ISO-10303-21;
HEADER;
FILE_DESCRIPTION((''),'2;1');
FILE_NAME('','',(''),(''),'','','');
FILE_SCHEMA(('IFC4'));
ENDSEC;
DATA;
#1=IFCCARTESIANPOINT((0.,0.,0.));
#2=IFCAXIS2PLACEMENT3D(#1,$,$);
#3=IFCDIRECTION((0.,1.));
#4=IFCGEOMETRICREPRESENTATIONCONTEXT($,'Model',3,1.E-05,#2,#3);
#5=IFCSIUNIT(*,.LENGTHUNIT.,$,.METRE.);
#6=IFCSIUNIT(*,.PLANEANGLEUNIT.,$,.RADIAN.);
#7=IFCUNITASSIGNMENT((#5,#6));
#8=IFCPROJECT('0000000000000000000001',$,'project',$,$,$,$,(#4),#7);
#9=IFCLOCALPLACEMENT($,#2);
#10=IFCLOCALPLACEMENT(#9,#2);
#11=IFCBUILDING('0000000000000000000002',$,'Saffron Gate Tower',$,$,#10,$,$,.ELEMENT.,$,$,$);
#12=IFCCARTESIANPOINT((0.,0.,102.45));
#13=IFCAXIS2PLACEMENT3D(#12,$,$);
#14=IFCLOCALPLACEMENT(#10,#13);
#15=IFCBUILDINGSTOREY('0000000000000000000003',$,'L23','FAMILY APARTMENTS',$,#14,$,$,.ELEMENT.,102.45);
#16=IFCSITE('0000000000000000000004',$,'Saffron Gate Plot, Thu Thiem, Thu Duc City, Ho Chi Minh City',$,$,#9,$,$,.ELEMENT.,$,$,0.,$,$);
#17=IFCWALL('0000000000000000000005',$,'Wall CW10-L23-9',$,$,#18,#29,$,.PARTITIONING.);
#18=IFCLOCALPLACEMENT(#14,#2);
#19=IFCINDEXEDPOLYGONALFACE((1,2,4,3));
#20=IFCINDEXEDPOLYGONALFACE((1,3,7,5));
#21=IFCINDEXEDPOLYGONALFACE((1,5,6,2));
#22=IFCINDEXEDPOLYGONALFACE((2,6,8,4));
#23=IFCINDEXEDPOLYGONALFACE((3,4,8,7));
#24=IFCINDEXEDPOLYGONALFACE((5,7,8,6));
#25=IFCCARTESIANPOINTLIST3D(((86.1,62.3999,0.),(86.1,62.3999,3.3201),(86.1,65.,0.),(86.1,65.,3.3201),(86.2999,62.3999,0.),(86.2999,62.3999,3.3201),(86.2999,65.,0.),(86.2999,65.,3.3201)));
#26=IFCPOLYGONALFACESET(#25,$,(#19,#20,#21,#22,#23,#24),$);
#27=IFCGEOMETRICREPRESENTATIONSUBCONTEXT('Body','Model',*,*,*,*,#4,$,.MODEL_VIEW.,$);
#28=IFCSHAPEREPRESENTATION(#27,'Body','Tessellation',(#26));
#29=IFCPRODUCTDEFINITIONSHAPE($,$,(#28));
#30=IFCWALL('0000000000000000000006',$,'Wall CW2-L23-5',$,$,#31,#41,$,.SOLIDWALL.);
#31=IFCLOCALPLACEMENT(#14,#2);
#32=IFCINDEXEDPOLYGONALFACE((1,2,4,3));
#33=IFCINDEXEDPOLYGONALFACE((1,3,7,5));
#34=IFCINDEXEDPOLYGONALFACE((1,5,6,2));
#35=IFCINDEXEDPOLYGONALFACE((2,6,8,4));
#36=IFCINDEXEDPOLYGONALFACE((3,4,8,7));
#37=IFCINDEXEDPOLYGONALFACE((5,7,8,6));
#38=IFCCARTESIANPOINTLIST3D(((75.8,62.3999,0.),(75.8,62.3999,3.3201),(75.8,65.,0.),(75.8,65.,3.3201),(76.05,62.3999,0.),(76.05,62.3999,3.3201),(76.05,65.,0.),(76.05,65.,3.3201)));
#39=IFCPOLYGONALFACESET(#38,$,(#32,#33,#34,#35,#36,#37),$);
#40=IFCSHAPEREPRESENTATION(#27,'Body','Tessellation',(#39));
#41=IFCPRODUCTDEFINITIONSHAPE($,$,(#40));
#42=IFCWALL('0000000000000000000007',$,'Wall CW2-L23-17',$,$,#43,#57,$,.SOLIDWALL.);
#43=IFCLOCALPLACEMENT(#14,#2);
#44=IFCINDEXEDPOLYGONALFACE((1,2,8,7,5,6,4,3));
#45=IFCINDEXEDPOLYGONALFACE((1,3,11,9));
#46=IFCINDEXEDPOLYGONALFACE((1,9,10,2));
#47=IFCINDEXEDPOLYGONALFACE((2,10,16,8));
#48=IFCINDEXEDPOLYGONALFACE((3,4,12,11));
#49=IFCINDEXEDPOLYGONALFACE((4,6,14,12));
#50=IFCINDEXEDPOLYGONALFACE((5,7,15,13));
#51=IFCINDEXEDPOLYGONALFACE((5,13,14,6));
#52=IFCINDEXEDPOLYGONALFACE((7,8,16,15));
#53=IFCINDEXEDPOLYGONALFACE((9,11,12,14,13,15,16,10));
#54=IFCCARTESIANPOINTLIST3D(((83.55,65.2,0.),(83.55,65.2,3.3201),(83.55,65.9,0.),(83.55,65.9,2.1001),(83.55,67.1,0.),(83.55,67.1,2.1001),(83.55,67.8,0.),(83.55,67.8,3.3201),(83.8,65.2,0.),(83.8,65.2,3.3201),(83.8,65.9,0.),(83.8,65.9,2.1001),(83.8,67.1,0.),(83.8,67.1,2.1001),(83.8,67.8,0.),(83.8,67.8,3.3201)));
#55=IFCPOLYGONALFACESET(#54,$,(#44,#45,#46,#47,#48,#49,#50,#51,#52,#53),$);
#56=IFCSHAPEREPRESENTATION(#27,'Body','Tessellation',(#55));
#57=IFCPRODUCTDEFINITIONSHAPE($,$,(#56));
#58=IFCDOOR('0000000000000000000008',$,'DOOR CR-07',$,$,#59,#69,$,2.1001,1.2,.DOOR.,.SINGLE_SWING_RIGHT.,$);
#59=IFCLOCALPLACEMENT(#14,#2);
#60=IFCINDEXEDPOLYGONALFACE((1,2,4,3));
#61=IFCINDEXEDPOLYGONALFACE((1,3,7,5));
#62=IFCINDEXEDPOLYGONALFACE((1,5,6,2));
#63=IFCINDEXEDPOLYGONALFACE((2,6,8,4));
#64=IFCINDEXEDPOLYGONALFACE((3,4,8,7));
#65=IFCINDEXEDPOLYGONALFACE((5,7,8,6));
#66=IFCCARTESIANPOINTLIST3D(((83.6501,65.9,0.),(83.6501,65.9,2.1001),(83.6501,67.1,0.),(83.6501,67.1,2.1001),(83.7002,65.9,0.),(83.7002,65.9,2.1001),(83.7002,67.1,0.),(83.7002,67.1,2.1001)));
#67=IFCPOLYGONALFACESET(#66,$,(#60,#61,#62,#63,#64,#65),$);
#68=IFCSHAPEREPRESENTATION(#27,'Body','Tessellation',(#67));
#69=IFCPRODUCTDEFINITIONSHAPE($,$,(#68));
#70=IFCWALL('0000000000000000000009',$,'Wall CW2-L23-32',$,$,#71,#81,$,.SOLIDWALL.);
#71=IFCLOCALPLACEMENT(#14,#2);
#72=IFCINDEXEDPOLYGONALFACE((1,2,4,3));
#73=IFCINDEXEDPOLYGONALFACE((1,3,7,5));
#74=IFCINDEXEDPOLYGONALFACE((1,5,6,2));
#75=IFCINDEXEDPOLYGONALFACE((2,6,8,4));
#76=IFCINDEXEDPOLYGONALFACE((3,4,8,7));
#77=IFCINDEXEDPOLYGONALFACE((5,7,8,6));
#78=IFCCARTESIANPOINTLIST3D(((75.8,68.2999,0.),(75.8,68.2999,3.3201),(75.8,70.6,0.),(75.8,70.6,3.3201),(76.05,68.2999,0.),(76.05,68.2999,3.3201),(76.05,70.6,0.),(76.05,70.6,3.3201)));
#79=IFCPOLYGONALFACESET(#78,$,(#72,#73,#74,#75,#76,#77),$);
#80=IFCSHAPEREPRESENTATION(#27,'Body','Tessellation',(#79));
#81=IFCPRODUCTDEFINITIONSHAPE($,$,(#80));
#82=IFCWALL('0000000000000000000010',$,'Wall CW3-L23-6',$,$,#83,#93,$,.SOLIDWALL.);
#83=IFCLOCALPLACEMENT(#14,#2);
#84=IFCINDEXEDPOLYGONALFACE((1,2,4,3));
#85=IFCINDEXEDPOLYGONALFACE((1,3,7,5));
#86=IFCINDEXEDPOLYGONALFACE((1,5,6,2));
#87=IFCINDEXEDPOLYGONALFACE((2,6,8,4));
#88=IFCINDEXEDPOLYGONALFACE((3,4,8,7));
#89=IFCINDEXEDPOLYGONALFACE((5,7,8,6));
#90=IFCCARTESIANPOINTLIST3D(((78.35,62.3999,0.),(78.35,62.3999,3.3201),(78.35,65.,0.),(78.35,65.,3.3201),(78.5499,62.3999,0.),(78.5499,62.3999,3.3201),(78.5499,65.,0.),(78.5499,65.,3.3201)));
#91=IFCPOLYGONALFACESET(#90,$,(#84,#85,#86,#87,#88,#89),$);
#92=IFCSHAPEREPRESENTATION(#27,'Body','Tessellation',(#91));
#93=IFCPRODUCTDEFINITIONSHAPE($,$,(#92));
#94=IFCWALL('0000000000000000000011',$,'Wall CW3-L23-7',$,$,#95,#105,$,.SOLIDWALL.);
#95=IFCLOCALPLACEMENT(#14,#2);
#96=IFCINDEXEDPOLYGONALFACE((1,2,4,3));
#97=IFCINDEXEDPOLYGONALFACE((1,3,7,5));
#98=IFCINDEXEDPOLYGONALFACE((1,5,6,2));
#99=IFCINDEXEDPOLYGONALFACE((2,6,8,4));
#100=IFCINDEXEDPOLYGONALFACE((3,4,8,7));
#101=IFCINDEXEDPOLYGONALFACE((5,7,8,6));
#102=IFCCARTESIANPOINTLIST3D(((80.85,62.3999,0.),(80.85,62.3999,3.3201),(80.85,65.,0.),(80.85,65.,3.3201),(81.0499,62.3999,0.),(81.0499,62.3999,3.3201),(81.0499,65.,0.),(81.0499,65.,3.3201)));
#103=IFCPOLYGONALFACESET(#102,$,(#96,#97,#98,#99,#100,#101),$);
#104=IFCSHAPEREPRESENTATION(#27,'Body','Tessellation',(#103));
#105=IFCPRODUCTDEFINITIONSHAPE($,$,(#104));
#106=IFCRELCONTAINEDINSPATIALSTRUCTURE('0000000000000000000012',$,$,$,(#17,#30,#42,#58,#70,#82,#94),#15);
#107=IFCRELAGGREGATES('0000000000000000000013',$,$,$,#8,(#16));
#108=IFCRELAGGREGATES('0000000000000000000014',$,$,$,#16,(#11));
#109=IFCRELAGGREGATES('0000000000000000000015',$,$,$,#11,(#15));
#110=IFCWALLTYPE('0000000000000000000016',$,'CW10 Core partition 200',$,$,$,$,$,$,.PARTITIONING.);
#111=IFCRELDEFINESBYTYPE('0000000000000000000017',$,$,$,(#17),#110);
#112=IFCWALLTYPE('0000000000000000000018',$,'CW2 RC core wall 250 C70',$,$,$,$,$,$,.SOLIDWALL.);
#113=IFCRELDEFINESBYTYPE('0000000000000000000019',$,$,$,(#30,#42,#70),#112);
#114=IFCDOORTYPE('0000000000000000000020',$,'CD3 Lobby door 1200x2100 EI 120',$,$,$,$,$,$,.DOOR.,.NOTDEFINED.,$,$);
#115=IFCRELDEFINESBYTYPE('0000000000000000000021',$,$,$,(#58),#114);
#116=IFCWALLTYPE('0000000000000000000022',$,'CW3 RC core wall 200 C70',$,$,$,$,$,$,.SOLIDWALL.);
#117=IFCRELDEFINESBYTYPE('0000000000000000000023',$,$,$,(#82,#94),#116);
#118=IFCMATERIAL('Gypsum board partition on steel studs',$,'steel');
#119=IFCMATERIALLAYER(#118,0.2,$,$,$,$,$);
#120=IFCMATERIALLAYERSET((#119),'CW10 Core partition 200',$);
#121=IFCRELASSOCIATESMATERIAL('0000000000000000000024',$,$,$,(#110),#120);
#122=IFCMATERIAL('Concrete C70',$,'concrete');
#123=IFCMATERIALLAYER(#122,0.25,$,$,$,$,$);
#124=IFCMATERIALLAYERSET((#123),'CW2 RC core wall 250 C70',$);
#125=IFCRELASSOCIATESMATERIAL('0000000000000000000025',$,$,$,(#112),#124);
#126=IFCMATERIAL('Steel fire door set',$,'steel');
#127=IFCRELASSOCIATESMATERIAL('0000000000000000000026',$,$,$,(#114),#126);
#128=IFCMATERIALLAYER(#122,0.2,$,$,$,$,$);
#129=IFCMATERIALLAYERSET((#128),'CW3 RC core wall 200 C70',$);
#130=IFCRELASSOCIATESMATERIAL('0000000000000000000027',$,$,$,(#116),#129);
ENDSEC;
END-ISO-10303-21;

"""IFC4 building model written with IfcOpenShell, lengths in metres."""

from ifc_helpers import new_model, si_unit, direction, frame, frame_2d, origin, place, context, subcontext, project, spatial, rectangle, extrude, material, layer, layer_set, type_object, element, fill, save


model = new_model("IFC4")

# Units and contexts
model_context = context("Model", 3, precision=1e-05, world=origin(), true_north=direction((0.0, 1.0)))
body_context = subcontext(model_context, "Body", "Model", "MODEL_VIEW")
ifc_project = project(units=[si_unit("LENGTHUNIT", "METRE"), si_unit("PLANEANGLEUNIT", "RADIAN")], contexts=[model_context])

# Site, building, storey
site_placement = place(None, origin())
site = spatial("IfcSite", under=ifc_project, at=site_placement, Name="Saffron Gate Plot, Thu Thiem, Thu Duc City, Ho Chi Minh City", CompositionType="ELEMENT", RefElevation=0.0)
building_placement = place(site_placement, origin())
building = spatial("IfcBuilding", under=site, at=building_placement, Name="Saffron Gate Tower", CompositionType="ELEMENT")
storey_placement = place(building_placement, frame((0.0, 0.0, 102.45)))
storey = spatial("IfcBuildingStorey", under=building, at=storey_placement, Name="L23", Description="FAMILY APARTMENTS", CompositionType="ELEMENT", Elevation=102.45)

# Walls
ifc_material_1 = material(Name="Gypsum board partition on steel studs", Category="steel")
ifc_layer_1 = layer(ifc_material_1, 0.2)
ifc_layer_set_1 = layer_set([ifc_layer_1], Name="CW10 Core partition 200")
wall_type_1 = type_object("IfcWallType", Name="CW10 Core partition 200", PredefinedType="PARTITIONING", material=ifc_layer_set_1)
wall_1_placement = place(storey_placement, frame((86.2, 62.3999, 0.0), z_axis=(0.0, 0.0, 1.0), x_axis=(0.0, 1.0, 0.0)))
element("IfcWall", 1, at=wall_1_placement, inside=storey, type_object=wall_type_1, Name="Wall CW10-L23-9", PredefinedType="PARTITIONING", context=body_context, shape_type="SweptSolid", body=[
    extrude(rectangle(XDim=2.6001, YDim=0.2, at=frame_2d((1.3, 0.0))), origin(), (0.0, 0.0, 1.0), 3.3201),
])
ifc_material_2 = material(Name="Concrete C70", Category="concrete")
ifc_layer_2 = layer(ifc_material_2, 0.25)
ifc_layer_set_2 = layer_set([ifc_layer_2], Name="CW2 RC core wall 250 C70")
wall_type_2 = type_object("IfcWallType", Name="CW2 RC core wall 250 C70", PredefinedType="SOLIDWALL", material=ifc_layer_set_2)
wall_2_placement = place(storey_placement, frame((75.925, 62.3999, 0.0), z_axis=(0.0, 0.0, 1.0), x_axis=(0.0, 1.0, 0.0)))
element("IfcWall", 2, at=wall_2_placement, inside=storey, type_object=wall_type_2, Name="Wall CW2-L23-5", PredefinedType="SOLIDWALL", context=body_context, shape_type="SweptSolid", body=[
    extrude(rectangle(XDim=2.6001, YDim=0.25, at=frame_2d((1.3, 0.0))), origin(), (0.0, 0.0, 1.0), 3.3201),
])

# Wall, opening, door
wall_3_placement = place(storey_placement, frame((83.675, 65.2, 0.0), z_axis=(0.0, 0.0, 1.0), x_axis=(0.0, 1.0, 0.0)))
wall_3 = element("IfcWall", 3, at=wall_3_placement, inside=storey, type_object=wall_type_2, Name="Wall CW2-L23-17", PredefinedType="SOLIDWALL", context=body_context, shape_type="SweptSolid", body=[
    extrude(rectangle(XDim=2.6001, YDim=0.25, at=frame_2d((1.3, 0.0))), origin(), (0.0, 0.0, 1.0), 3.3201),
])
opening_1_placement = place(wall_3_placement, frame((0.7, 0.0, 0.0)))
opening_1 = element("IfcOpeningElement", 4, at=opening_1_placement, cuts=wall_3, PredefinedType="OPENING", context=body_context, shape_type="SweptSolid", body=[
    extrude(rectangle(XDim=1.2, YDim=2.1001, at=frame_2d((0.6001, 1.05))), frame((0.0, 0.135, 0.0), z_axis=(0.0, -1.0, 0.0), x_axis=(1.0, 0.0, 0.0)), (0.0, 0.0, 1.0), 0.27),
])
ifc_material_3 = material(Name="Steel fire door set", Category="steel")
door_type_1 = type_object("IfcDoorType", Name="CD3 Lobby door 1200x2100 EI 120", OperationType="NOTDEFINED", PredefinedType="DOOR", material=ifc_material_3)
door_1_placement = place(opening_1_placement, origin())
door_1 = element("IfcDoor", 5, at=door_1_placement, inside=storey, type_object=door_type_1, Name="DOOR CR-07", OperationType="SINGLE_SWING_RIGHT", OverallHeight=2.1001, OverallWidth=1.2, PredefinedType="DOOR", context=body_context, shape_type="SweptSolid", body=[
    extrude(rectangle(XDim=1.2, YDim=2.1001, at=frame_2d((0.6001, 1.05))), frame((0.0, 0.0249, 0.0), z_axis=(0.0, -1.0, 0.0), x_axis=(1.0, 0.0, 0.0)), (0.0, 0.0, 1.0), 0.05),
])
fill(opening_1, door_1)

# Walls
wall_4_placement = place(storey_placement, frame((75.925, 68.3, 0.0), z_axis=(0.0, 0.0, 1.0), x_axis=(0.0, 1.0, 0.0)))
element("IfcWall", 6, at=wall_4_placement, inside=storey, type_object=wall_type_2, Name="Wall CW2-L23-32", PredefinedType="SOLIDWALL", context=body_context, shape_type="SweptSolid", body=[
    extrude(rectangle(XDim=2.3, YDim=0.25, at=frame_2d((1.1499, 0.0))), origin(), (0.0, 0.0, 1.0), 3.3201),
])
ifc_layer_3 = layer(ifc_material_2, 0.2)
ifc_layer_set_3 = layer_set([ifc_layer_3], Name="CW3 RC core wall 200 C70")
wall_type_3 = type_object("IfcWallType", Name="CW3 RC core wall 200 C70", PredefinedType="SOLIDWALL", material=ifc_layer_set_3)
for number, where, z_axis, x_axis, name in (
    (7, (78.45, 62.3999, 0.0), (0.0, 0.0, 1.0), (0.0, 1.0, 0.0), "Wall CW3-L23-6"),
    (8, (80.95, 62.3999, 0.0), (0.0, 0.0, 1.0), (0.0, 1.0, 0.0), "Wall CW3-L23-7"),
):
    element("IfcWall", number, at=place(storey_placement, frame(where, z_axis=z_axis, x_axis=x_axis)), inside=storey, type_object=wall_type_3, Name=name, PredefinedType="SOLIDWALL", context=body_context, shape_type="SweptSolid", body=[
        extrude(rectangle(XDim=2.6001, YDim=0.2, at=frame_2d((1.3, 0.0))), origin(), (0.0, 0.0, 1.0), 3.3201),
    ])

save(model, "model.ifc")
